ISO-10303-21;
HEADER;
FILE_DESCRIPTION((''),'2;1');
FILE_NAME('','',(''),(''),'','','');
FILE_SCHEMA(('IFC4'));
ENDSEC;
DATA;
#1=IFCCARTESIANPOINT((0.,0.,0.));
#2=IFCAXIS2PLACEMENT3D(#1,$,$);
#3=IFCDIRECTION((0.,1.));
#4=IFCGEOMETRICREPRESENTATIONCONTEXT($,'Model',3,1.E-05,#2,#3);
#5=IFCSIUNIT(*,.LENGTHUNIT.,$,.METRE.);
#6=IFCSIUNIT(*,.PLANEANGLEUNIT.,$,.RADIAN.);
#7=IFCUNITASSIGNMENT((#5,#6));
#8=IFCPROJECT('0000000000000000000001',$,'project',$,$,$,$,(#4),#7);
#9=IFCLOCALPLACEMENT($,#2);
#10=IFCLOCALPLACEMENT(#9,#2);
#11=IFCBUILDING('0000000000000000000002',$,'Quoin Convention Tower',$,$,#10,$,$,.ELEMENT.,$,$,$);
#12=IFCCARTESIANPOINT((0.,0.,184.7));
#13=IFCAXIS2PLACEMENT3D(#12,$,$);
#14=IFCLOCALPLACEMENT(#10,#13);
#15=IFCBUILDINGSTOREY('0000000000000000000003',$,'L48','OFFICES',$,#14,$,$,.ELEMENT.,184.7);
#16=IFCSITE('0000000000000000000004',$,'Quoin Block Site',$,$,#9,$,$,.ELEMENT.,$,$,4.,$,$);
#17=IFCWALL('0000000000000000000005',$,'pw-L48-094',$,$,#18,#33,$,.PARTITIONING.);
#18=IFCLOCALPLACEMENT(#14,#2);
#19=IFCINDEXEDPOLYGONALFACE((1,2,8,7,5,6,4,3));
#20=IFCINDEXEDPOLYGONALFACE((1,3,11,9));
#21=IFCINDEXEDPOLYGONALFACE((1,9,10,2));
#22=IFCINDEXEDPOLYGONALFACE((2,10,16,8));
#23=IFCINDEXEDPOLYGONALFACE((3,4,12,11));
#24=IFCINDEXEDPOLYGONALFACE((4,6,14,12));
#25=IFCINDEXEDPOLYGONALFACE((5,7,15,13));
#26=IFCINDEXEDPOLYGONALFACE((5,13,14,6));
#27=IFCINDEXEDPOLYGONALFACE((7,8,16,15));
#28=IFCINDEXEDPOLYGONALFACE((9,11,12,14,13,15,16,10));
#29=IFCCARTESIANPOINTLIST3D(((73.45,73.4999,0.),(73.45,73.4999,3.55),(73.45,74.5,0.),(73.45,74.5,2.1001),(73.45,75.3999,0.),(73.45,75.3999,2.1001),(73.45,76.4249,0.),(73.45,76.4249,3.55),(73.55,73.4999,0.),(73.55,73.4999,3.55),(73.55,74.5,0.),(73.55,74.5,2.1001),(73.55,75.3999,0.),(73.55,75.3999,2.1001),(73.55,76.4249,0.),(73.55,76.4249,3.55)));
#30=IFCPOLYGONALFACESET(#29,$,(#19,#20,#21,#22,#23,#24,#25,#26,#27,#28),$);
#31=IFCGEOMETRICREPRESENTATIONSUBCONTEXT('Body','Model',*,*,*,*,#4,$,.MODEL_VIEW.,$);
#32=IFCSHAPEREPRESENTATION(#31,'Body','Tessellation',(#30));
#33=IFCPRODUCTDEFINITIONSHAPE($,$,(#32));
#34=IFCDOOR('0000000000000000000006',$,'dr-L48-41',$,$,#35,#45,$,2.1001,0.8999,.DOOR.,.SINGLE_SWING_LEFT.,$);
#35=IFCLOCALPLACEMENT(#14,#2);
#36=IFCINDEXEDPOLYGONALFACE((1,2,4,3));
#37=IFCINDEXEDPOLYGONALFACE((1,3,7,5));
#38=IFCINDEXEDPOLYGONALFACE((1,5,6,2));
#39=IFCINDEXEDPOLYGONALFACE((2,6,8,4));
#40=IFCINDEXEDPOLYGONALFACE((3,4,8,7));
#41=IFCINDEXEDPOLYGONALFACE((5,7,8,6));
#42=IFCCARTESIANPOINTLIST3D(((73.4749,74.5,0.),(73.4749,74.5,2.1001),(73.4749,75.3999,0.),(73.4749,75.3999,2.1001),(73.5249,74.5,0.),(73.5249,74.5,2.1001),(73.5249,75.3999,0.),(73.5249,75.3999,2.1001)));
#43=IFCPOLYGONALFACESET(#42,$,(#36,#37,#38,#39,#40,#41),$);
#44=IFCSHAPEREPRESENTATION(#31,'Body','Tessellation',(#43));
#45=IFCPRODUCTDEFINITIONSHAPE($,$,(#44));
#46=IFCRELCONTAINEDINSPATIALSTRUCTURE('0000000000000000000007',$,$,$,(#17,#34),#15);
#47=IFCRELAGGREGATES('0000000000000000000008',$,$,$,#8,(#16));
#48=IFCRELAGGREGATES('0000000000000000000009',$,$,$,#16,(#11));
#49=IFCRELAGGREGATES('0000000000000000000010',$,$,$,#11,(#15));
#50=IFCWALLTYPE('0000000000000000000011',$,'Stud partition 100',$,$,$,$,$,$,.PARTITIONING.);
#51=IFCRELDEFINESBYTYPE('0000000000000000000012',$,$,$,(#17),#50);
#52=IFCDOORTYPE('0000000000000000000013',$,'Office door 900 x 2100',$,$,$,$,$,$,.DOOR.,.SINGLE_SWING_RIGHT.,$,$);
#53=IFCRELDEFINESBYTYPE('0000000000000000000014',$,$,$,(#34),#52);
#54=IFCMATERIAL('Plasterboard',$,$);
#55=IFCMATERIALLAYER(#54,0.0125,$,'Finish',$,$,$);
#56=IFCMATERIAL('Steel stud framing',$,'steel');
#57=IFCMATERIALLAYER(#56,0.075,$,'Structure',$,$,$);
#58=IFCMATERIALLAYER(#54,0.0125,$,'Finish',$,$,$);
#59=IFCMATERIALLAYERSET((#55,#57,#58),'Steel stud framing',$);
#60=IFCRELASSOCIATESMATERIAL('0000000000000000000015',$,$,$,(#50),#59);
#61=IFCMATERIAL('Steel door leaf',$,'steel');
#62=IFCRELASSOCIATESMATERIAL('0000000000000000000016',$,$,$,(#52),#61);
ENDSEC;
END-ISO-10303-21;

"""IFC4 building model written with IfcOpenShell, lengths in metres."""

from ifc_helpers import new_model, si_unit, direction, frame, frame_2d, origin, place, context, subcontext, project, spatial, rectangle, extrude, material, layer, layer_set, type_object, element, fill, save


model = new_model("IFC4")

# Units and contexts
model_context = context("Model", 3, precision=1e-05, world=origin(), true_north=direction((0.0, 1.0)))
body_context = subcontext(model_context, "Body", "Model", "MODEL_VIEW")
ifc_project = project(units=[si_unit("LENGTHUNIT", "METRE"), si_unit("PLANEANGLEUNIT", "RADIAN")], contexts=[model_context])

# Site, building, storey
site_placement = place(None, origin())
site = spatial("IfcSite", under=ifc_project, at=site_placement, Name="Quoin Block Site", CompositionType="ELEMENT", RefElevation=4.0)
building_placement = place(site_placement, origin())
building = spatial("IfcBuilding", under=site, at=building_placement, Name="Quoin Convention Tower", CompositionType="ELEMENT")
storey_placement = place(building_placement, frame((0.0, 0.0, 184.7)))
storey = spatial("IfcBuildingStorey", under=building, at=storey_placement, Name="L48", Description="OFFICES", CompositionType="ELEMENT", Elevation=184.7)

# Shared definitions
ifc_material_1 = material(Name="Plasterboard")
ifc_material_2 = material(Name="Steel stud framing", Category="steel")

# Wall, opening, door
ifc_layer_1 = layer(ifc_material_1, 0.0125, Name="Finish")
ifc_layer_2 = layer(ifc_material_2, 0.075, Name="Structure")
ifc_layer_3 = layer(ifc_material_1, 0.0125, Name="Finish")
ifc_layer_set_1 = layer_set([ifc_layer_1, ifc_layer_2, ifc_layer_3], Name="Steel stud framing")
wall_type_1 = type_object("IfcWallType", Name="Stud partition 100", PredefinedType="PARTITIONING", material=ifc_layer_set_1)
wall_1_placement = place(storey_placement, frame((73.5, 73.5, 0.0), z_axis=(0.0, 0.0, 1.0), x_axis=(0.0, 1.0, 0.0)))
wall_1 = element("IfcWall", 1, at=wall_1_placement, inside=storey, type_object=wall_type_1, Name="pw-L48-094", PredefinedType="PARTITIONING", context=body_context, shape_type="SweptSolid", body=[
    extrude(rectangle(XDim=2.925, YDim=0.1001, at=frame_2d((1.4624, 0.0))), origin(), (0.0, 0.0, 1.0), 3.55),
])
opening_1_placement = place(wall_1_placement, frame((1.0, 0.0, 0.0)))
opening_1 = element("IfcOpeningElement", 2, at=opening_1_placement, cuts=wall_1, PredefinedType="OPENING", context=body_context, shape_type="SweptSolid", body=[
    extrude(rectangle(XDim=0.8999, YDim=2.1001, at=frame_2d((0.45, 1.05))), frame((0.0, 0.0601, 0.0), z_axis=(0.0, -1.0, 0.0), x_axis=(1.0, 0.0, 0.0)), (0.0, 0.0, 1.0), 0.1201),
])
ifc_material_3 = material(Name="Steel door leaf", Category="steel")
door_type = type_object("IfcDoorType", Name="Office door 900 x 2100", OperationType="SINGLE_SWING_RIGHT", PredefinedType="DOOR", material=ifc_material_3)
door_placement = place(opening_1_placement, frame((0.8999, 0.0, 0.0), z_axis=(0.0, 0.0, 1.0), x_axis=(-1.0, 0.0, 0.0)))
door = element("IfcDoor", 3, at=door_placement, inside=storey, type_object=door_type, Name="dr-L48-41", OperationType="SINGLE_SWING_LEFT", OverallHeight=2.1001, OverallWidth=0.8999, PredefinedType="DOOR", context=body_context, shape_type="SweptSolid", body=[
    extrude(rectangle(XDim=0.8999, YDim=2.1001, at=frame_2d((0.45, 1.05))), frame((0.0, 0.0249, 0.0), z_axis=(0.0, -1.0, 0.0), x_axis=(1.0, 0.0, 0.0)), (0.0, 0.0, 1.0), 0.05),
])
fill(opening_1, door)

save(model, "model.ifc")
